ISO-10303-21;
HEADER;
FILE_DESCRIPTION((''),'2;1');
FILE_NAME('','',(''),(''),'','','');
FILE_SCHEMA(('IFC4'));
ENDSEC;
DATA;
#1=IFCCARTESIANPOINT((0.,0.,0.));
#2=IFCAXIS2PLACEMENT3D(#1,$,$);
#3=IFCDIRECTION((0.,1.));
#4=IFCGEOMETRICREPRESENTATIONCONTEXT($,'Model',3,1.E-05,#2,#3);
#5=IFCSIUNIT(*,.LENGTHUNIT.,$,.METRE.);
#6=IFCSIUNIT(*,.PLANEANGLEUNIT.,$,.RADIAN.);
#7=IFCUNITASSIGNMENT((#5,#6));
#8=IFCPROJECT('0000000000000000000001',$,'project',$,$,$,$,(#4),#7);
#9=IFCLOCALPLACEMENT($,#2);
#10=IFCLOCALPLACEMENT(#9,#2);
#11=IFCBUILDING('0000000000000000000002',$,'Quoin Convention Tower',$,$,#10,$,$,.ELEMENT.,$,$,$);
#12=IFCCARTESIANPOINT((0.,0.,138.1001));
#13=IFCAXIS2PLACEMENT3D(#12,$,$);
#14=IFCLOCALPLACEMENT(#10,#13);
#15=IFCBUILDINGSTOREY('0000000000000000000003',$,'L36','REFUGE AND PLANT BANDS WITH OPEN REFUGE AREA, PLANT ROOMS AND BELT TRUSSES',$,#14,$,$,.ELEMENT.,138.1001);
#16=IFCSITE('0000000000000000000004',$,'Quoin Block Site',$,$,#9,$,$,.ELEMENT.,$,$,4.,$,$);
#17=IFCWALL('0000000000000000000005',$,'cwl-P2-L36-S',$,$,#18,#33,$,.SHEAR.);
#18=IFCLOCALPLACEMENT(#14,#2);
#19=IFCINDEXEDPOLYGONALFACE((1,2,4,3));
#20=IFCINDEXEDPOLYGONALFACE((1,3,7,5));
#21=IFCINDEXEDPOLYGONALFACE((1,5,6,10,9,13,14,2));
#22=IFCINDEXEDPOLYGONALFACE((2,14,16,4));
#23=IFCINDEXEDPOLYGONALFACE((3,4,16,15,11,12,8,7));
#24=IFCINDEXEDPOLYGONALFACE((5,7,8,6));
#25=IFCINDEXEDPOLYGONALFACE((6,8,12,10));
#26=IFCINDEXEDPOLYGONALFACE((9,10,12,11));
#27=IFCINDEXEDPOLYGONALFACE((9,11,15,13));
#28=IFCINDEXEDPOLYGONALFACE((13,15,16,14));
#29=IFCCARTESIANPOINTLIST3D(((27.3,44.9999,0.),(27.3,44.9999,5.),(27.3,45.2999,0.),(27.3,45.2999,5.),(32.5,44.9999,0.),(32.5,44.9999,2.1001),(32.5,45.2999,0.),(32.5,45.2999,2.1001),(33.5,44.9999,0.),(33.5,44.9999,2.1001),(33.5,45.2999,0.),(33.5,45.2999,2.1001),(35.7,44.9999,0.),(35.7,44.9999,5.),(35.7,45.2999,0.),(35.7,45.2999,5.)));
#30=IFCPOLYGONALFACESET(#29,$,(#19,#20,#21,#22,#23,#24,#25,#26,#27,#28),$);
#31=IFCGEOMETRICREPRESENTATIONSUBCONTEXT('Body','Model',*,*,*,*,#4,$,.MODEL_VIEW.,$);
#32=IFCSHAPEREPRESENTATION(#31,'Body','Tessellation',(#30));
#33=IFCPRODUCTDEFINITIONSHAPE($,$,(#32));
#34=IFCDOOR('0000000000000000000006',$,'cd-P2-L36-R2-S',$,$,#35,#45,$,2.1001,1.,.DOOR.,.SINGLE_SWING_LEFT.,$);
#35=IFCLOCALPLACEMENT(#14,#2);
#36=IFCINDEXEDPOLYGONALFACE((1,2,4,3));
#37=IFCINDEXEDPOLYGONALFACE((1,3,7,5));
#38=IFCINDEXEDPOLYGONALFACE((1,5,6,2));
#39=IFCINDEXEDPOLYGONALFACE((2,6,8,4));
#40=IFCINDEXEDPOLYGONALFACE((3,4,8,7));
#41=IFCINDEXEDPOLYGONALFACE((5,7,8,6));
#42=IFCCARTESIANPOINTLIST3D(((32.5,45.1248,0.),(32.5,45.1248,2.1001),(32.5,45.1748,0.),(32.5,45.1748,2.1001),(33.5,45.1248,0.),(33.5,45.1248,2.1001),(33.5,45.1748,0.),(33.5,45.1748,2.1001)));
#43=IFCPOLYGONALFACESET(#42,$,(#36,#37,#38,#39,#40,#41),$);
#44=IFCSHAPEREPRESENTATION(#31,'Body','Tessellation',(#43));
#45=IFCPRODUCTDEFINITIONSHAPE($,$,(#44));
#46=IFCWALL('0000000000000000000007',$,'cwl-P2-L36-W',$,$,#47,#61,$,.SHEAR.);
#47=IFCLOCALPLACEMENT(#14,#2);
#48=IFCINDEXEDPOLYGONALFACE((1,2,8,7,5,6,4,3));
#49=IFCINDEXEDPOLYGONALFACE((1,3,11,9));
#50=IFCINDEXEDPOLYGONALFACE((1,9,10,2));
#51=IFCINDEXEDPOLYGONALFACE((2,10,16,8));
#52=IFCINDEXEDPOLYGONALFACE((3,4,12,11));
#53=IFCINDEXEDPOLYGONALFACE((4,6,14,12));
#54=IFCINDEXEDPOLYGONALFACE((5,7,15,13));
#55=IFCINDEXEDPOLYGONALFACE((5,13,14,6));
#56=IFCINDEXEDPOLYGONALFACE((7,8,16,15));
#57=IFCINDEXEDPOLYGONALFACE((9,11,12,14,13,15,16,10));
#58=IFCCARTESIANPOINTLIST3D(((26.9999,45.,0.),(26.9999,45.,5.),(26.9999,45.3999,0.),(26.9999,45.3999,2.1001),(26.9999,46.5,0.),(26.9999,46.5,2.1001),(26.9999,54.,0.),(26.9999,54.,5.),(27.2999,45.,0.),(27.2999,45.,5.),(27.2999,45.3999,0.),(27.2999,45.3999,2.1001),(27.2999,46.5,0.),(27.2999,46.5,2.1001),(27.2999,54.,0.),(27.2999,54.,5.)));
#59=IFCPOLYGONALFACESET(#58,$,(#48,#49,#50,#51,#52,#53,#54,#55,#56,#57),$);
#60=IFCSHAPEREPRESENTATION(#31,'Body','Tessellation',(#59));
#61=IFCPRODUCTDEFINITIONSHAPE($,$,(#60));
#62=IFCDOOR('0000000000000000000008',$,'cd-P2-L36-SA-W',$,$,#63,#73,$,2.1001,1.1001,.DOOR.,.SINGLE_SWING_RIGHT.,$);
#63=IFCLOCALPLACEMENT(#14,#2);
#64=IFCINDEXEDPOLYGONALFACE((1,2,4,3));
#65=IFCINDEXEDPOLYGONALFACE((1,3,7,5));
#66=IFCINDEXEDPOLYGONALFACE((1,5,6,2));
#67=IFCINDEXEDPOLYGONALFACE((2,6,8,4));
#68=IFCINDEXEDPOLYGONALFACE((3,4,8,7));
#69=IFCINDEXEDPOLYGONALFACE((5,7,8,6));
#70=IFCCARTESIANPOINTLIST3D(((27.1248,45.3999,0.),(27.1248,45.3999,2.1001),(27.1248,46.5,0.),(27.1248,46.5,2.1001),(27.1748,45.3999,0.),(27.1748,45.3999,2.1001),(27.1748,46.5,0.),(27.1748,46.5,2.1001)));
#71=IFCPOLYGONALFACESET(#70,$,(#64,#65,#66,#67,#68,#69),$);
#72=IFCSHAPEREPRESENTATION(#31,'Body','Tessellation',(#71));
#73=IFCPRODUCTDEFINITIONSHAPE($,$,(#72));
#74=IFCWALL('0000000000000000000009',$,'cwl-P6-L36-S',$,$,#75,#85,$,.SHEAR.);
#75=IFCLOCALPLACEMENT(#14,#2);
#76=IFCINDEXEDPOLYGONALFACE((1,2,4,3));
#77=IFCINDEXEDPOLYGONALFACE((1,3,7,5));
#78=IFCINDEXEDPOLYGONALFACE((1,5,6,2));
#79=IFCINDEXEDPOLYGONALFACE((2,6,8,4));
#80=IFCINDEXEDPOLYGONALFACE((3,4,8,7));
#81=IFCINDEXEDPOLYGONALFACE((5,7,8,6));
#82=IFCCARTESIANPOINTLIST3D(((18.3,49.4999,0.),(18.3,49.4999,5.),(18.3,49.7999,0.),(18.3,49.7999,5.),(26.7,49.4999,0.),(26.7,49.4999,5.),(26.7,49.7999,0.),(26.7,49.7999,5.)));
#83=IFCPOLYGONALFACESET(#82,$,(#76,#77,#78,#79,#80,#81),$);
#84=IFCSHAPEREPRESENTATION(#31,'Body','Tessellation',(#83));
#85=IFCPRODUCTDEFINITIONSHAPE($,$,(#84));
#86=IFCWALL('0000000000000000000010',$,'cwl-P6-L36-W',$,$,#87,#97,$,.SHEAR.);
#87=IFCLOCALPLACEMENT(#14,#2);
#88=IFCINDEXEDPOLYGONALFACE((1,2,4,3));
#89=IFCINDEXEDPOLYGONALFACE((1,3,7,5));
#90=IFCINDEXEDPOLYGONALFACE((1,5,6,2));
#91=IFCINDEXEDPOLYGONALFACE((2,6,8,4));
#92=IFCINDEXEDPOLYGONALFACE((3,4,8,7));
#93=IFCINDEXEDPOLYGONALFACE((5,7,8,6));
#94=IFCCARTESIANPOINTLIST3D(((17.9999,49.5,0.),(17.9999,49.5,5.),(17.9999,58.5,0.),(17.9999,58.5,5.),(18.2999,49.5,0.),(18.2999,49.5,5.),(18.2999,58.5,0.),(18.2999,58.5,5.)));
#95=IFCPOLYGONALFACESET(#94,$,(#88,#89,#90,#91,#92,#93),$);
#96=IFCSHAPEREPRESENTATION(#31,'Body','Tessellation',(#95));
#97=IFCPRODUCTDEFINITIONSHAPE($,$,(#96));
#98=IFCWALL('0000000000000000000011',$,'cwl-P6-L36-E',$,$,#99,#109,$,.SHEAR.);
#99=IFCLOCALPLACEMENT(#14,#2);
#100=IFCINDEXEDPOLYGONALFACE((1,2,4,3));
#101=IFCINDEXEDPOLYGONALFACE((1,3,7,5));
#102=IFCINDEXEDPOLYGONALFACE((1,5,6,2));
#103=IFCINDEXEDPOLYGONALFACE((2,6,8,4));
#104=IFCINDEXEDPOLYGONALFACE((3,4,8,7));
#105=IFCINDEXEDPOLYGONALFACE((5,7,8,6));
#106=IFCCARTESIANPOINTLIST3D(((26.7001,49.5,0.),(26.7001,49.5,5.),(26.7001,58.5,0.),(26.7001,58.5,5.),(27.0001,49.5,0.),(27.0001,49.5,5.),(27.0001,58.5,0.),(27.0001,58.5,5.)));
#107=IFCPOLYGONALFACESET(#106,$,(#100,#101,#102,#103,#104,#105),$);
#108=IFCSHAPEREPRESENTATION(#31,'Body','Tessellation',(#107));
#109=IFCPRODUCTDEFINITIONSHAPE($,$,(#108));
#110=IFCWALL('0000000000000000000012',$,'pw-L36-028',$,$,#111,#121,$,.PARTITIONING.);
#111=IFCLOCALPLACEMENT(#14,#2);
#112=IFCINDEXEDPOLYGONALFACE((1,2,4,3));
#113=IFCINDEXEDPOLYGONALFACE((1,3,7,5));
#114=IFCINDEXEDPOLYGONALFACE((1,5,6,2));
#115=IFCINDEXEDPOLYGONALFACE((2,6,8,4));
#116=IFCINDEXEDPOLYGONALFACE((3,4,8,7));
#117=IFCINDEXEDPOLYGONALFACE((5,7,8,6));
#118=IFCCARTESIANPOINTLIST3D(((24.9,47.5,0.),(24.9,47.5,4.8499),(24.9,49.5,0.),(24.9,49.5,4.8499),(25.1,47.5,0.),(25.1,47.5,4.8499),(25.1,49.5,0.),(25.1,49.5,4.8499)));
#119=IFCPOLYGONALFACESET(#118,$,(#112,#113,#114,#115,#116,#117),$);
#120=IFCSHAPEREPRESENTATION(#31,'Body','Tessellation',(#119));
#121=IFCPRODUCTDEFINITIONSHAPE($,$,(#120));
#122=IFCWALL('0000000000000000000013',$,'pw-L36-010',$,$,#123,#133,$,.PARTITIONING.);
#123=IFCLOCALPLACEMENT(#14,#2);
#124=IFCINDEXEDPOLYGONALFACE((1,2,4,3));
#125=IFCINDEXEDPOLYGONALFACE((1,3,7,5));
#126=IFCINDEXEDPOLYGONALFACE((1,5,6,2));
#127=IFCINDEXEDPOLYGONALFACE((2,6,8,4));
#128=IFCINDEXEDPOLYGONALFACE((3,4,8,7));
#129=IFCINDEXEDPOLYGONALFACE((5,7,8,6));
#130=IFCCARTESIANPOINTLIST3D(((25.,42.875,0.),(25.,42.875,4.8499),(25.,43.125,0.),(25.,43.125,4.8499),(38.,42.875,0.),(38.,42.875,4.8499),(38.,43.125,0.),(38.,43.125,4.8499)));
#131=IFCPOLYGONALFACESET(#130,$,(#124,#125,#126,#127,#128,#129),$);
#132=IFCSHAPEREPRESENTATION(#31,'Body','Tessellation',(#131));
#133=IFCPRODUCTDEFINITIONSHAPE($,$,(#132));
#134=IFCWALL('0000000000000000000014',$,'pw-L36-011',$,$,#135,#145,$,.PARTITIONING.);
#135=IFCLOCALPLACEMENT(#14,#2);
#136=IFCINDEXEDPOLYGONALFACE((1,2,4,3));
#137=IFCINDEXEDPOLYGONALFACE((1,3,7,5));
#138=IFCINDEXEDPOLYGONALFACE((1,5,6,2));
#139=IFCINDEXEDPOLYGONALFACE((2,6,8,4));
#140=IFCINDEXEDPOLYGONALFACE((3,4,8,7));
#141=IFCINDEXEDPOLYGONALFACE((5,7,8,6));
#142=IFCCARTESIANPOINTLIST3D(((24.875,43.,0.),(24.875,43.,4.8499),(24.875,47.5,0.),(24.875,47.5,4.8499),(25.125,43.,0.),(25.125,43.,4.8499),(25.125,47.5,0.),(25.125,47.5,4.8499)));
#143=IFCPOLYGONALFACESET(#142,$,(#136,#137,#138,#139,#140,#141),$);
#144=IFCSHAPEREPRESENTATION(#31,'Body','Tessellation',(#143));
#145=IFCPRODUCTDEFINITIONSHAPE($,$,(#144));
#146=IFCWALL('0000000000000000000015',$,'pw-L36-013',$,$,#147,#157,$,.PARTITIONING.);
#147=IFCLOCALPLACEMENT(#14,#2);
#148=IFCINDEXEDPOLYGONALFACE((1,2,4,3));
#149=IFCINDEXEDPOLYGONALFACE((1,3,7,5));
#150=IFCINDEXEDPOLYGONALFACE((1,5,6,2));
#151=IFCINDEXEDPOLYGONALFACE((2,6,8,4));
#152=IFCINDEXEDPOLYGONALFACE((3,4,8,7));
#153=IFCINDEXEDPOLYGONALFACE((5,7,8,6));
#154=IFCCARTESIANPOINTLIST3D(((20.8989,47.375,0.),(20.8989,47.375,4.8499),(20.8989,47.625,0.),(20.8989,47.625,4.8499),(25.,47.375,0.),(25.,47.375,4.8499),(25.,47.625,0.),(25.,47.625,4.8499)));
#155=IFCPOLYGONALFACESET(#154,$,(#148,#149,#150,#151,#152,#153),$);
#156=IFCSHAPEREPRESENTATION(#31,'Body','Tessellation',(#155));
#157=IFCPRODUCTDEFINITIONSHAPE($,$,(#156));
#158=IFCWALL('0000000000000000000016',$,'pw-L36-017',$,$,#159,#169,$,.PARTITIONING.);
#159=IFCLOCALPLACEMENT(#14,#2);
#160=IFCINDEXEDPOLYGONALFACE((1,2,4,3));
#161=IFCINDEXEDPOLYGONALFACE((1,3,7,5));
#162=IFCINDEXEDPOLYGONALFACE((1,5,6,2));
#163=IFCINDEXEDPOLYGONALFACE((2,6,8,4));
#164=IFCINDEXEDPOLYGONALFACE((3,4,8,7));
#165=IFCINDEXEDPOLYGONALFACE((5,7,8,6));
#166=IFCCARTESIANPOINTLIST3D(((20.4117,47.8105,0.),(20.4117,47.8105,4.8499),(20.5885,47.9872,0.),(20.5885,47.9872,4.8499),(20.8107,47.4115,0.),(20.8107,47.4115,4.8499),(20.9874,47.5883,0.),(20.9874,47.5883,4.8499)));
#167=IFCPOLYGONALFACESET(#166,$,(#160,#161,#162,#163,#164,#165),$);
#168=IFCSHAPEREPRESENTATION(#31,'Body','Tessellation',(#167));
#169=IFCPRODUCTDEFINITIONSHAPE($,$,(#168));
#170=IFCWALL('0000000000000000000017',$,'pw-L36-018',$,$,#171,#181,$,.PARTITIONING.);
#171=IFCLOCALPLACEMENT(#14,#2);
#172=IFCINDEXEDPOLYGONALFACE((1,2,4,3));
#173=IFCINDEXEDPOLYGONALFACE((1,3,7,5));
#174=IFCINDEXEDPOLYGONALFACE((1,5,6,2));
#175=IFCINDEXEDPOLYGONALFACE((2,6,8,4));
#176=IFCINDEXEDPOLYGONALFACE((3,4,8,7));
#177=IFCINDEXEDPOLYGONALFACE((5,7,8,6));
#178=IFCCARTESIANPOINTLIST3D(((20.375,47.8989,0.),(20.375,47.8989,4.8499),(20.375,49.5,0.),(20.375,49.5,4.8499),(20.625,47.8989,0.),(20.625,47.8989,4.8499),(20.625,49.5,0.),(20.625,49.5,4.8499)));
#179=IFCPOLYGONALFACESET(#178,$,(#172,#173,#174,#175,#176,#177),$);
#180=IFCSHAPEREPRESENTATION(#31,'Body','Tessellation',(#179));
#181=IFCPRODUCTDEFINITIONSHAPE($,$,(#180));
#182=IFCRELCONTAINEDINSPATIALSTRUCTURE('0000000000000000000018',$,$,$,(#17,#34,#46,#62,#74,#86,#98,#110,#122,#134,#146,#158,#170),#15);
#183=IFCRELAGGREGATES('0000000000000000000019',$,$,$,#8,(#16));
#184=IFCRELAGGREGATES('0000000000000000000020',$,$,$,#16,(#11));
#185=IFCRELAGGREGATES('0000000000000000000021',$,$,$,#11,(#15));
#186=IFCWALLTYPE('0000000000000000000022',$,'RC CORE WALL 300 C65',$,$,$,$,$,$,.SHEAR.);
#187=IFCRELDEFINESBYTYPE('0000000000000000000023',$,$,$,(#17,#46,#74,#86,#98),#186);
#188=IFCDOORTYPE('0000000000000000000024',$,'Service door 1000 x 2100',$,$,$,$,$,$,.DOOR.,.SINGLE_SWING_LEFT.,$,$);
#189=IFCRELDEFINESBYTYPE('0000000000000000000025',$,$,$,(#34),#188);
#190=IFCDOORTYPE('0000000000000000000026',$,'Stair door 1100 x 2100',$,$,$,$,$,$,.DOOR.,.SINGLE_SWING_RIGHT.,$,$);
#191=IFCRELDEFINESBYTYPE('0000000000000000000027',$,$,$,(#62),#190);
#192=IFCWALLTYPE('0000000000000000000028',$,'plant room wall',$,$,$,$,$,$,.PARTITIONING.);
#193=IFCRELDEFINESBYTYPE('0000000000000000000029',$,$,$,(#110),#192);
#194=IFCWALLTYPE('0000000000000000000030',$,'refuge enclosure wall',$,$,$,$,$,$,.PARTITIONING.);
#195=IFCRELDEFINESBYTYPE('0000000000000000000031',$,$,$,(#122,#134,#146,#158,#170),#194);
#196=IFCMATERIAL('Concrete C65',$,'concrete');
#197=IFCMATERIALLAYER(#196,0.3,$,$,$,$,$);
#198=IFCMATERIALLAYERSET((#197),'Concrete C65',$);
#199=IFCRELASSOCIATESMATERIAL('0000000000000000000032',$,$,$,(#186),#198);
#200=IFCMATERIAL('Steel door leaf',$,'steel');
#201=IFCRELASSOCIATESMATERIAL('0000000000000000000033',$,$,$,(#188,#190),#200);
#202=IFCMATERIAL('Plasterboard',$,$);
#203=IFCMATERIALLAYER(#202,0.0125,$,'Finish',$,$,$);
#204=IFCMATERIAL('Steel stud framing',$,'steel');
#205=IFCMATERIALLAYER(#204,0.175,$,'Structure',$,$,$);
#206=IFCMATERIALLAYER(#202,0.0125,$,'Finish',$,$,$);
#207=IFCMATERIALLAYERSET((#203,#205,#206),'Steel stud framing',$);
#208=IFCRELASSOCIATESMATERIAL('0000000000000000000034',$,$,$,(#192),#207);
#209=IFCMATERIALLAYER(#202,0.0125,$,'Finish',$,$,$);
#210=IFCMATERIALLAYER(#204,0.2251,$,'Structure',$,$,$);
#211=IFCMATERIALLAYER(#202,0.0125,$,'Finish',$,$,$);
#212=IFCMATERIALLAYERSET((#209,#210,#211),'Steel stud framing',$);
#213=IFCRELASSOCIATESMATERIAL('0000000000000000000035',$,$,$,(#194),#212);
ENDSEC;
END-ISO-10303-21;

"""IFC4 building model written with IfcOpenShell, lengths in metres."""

from ifc_helpers import new_model, si_unit, direction, frame, frame_2d, origin, place, context, subcontext, project, spatial, rectangle, extrude, material, layer, layer_set, type_object, element, fill, save


model = new_model("IFC4")

# Units and contexts
model_context = context("Model", 3, precision=1e-05, world=origin(), true_north=direction((0.0, 1.0)))
body_context = subcontext(model_context, "Body", "Model", "MODEL_VIEW")
ifc_project = project(units=[si_unit("LENGTHUNIT", "METRE"), si_unit("PLANEANGLEUNIT", "RADIAN")], contexts=[model_context])

# Site, building, storey
site_placement = place(None, origin())
site = spatial("IfcSite", under=ifc_project, at=site_placement, Name="Quoin Block Site", CompositionType="ELEMENT", RefElevation=4.0)
building_placement = place(site_placement, origin())
building = spatial("IfcBuilding", under=site, at=building_placement, Name="Quoin Convention Tower", CompositionType="ELEMENT")
storey_placement = place(building_placement, frame((0.0, 0.0, 138.1001)))
storey = spatial("IfcBuildingStorey", under=building, at=storey_placement, Name="L36", Description="REFUGE AND PLANT BANDS WITH OPEN REFUGE AREA, PLANT ROOMS AND BELT TRUSSES", CompositionType="ELEMENT", Elevation=138.1001)

# Shared definitions
ifc_material_1 = material(Name="Concrete C65", Category="concrete")

# Walls, openings, doors
ifc_layer_1 = layer(ifc_material_1, 0.3)
ifc_layer_set_1 = layer_set([ifc_layer_1], Name="Concrete C65")
wall_type_1 = type_object("IfcWallType", Name="RC CORE WALL 300 C65", PredefinedType="SHEAR", material=ifc_layer_set_1)
wall_1_placement = place(storey_placement, frame((27.3, 45.1499, 0.0), z_axis=(0.0, 0.0, 1.0), x_axis=(1.0, 0.0, 0.0)))
wall_1 = element("IfcWall", 1, at=wall_1_placement, inside=storey, type_object=wall_type_1, Name="cwl-P2-L36-S", PredefinedType="SHEAR", context=body_context, shape_type="SweptSolid", body=[
    extrude(rectangle(XDim=8.3999, YDim=0.3, at=frame_2d((4.2, 0.0))), origin(), (0.0, 0.0, 1.0), 5.0),
])
opening_1_placement = place(wall_1_placement, frame((5.2, 0.0, 0.0)))
opening_1 = element("IfcOpeningElement", 2, at=opening_1_placement, cuts=wall_1, PredefinedType="OPENING", context=body_context, shape_type="SweptSolid", body=[
    extrude(rectangle(XDim=1.0, YDim=2.1001, at=frame_2d((0.5, 1.05))), frame((0.0, 0.1599, 0.0), z_axis=(0.0, -1.0, 0.0), x_axis=(1.0, 0.0, 0.0)), (0.0, 0.0, 1.0), 0.3201),
])
ifc_material_2 = material(Name="Steel door leaf", Category="steel")
door_type_1 = type_object("IfcDoorType", Name="Service door 1000 x 2100", OperationType="SINGLE_SWING_LEFT", PredefinedType="DOOR", material=ifc_material_2)
door_1_placement = place(opening_1_placement, origin())
door_1 = element("IfcDoor", 3, at=door_1_placement, inside=storey, type_object=door_type_1, Name="cd-P2-L36-R2-S", OperationType="SINGLE_SWING_LEFT", OverallHeight=2.1001, OverallWidth=1.0, PredefinedType="DOOR", context=body_context, shape_type="SweptSolid", body=[
    extrude(rectangle(XDim=1.0, YDim=2.1001, at=frame_2d((0.5, 1.05))), frame((0.0, 0.0249, 0.0), z_axis=(0.0, -1.0, 0.0), x_axis=(1.0, 0.0, 0.0)), (0.0, 0.0, 1.0), 0.05),
])
fill(opening_1, door_1)
wall_2_placement = place(storey_placement, frame((27.1499, 45.0, 0.0), z_axis=(0.0, 0.0, 1.0), x_axis=(0.0, 1.0, 0.0)))
wall_2 = element("IfcWall", 4, at=wall_2_placement, inside=storey, type_object=wall_type_1, Name="cwl-P2-L36-W", PredefinedType="SHEAR", context=body_context, shape_type="SweptSolid", body=[
    extrude(rectangle(XDim=9.0, YDim=0.3, at=frame_2d((4.5, 0.0))), origin(), (0.0, 0.0, 1.0), 5.0),
])
opening_2_placement = place(wall_2_placement, frame((0.3999, 0.0, 0.0)))
opening_2 = element("IfcOpeningElement", 5, at=opening_2_placement, cuts=wall_2, PredefinedType="OPENING", context=body_context, shape_type="SweptSolid", body=[
    extrude(rectangle(XDim=1.1001, YDim=2.1001, at=frame_2d((0.55, 1.05))), frame((0.0, 0.1599, 0.0), z_axis=(0.0, -1.0, 0.0), x_axis=(1.0, 0.0, 0.0)), (0.0, 0.0, 1.0), 0.3201),
])
door_type_2 = type_object("IfcDoorType", Name="Stair door 1100 x 2100", OperationType="SINGLE_SWING_RIGHT", PredefinedType="DOOR", material=ifc_material_2)
door_2_placement = place(opening_2_placement, frame((1.1001, 0.0, 0.0), z_axis=(0.0, 0.0, 1.0), x_axis=(-1.0, 0.0, 0.0)))
door_2 = element("IfcDoor", 6, at=door_2_placement, inside=storey, type_object=door_type_2, Name="cd-P2-L36-SA-W", OperationType="SINGLE_SWING_RIGHT", OverallHeight=2.1001, OverallWidth=1.1001, PredefinedType="DOOR", context=body_context, shape_type="SweptSolid", body=[
    extrude(rectangle(XDim=1.1001, YDim=2.1001, at=frame_2d((0.55, 1.05))), frame((0.0, 0.0249, 0.0), z_axis=(0.0, -1.0, 0.0), x_axis=(1.0, 0.0, 0.0)), (0.0, 0.0, 1.0), 0.05),
])
fill(opening_2, door_2)

# Walls
wall_3_placement = place(storey_placement, frame((18.3, 49.6499, 0.0), z_axis=(0.0, 0.0, 1.0), x_axis=(1.0, 0.0, 0.0)))
element("IfcWall", 7, at=wall_3_placement, inside=storey, type_object=wall_type_1, Name="cwl-P6-L36-S", PredefinedType="SHEAR", context=body_context, shape_type="SweptSolid", body=[
    extrude(rectangle(XDim=8.3999, YDim=0.3, at=frame_2d((4.2, 0.0))), origin(), (0.0, 0.0, 1.0), 5.0),
])
for number, where, z_axis, x_axis, name in (
    (8, (18.1499, 49.5, 0.0), (0.0, 0.0, 1.0), (0.0, 1.0, 0.0), "cwl-P6-L36-W"),
    (9, (26.8501, 49.5, 0.0), (0.0, 0.0, 1.0), (0.0, 1.0, 0.0), "cwl-P6-L36-E"),
):
    element("IfcWall", number, at=place(storey_placement, frame(where, z_axis=z_axis, x_axis=x_axis)), inside=storey, type_object=wall_type_1, Name=name, PredefinedType="SHEAR", context=body_context, shape_type="SweptSolid", body=[
        extrude(rectangle(XDim=9.0, YDim=0.3, at=frame_2d((4.5, 0.0))), origin(), (0.0, 0.0, 1.0), 5.0),
    ])
ifc_material_3 = material(Name="Plasterboard")
ifc_layer_2 = layer(ifc_material_3, 0.0125, Name="Finish")
ifc_material_4 = material(Name="Steel stud framing", Category="steel")
ifc_layer_3 = layer(ifc_material_4, 0.175, Name="Structure")
ifc_layer_4 = layer(ifc_material_3, 0.0125, Name="Finish")
ifc_layer_set_2 = layer_set([ifc_layer_2, ifc_layer_3, ifc_layer_4], Name="Steel stud framing")
wall_type_2 = type_object("IfcWallType", Name="plant room wall", PredefinedType="PARTITIONING", material=ifc_layer_set_2)
wall_4_placement = place(storey_placement, frame((25.0, 47.5, 0.0), z_axis=(0.0, 0.0, 1.0), x_axis=(0.0, 1.0, 0.0)))
element("IfcWall", 10, at=wall_4_placement, inside=storey, type_object=wall_type_2, Name="pw-L36-028", PredefinedType="PARTITIONING", context=body_context, shape_type="SweptSolid", body=[
    extrude(rectangle(XDim=2.0, YDim=0.2, at=frame_2d((1.0, 0.0))), origin(), (0.0, 0.0, 1.0), 4.8499),
])
ifc_layer_5 = layer(ifc_material_3, 0.0125, Name="Finish")
ifc_layer_6 = layer(ifc_material_4, 0.2251, Name="Structure")
ifc_layer_7 = layer(ifc_material_3, 0.0125, Name="Finish")
ifc_layer_set_3 = layer_set([ifc_layer_5, ifc_layer_6, ifc_layer_7], Name="Steel stud framing")
wall_type_3 = type_object("IfcWallType", Name="refuge enclosure wall", PredefinedType="PARTITIONING", material=ifc_layer_set_3)
wall_5_placement = place(storey_placement, frame((25.0, 43.0, 0.0), z_axis=(0.0, 0.0, 1.0), x_axis=(1.0, 0.0, 0.0)))
element("IfcWall", 11, at=wall_5_placement, inside=storey, type_object=wall_type_3, Name="pw-L36-010", PredefinedType="PARTITIONING", context=body_context, shape_type="SweptSolid", body=[
    extrude(rectangle(XDim=13.0, YDim=0.25, at=frame_2d((6.5, 0.0))), origin(), (0.0, 0.0, 1.0), 4.8499),
])
wall_6_placement = place(storey_placement, frame((25.0, 43.0, 0.0), z_axis=(0.0, 0.0, 1.0), x_axis=(0.0, 1.0, 0.0)))
element("IfcWall", 12, at=wall_6_placement, inside=storey, type_object=wall_type_3, Name="pw-L36-011", PredefinedType="PARTITIONING", context=body_context, shape_type="SweptSolid", body=[
    extrude(rectangle(XDim=4.5, YDim=0.25, at=frame_2d((2.25, 0.0))), origin(), (0.0, 0.0, 1.0), 4.8499),
])
wall_7_placement = place(storey_placement, frame((20.8989, 47.5, 0.0), z_axis=(0.0, 0.0, 1.0), x_axis=(1.0, 0.0, 0.0)))
element("IfcWall", 13, at=wall_7_placement, inside=storey, type_object=wall_type_3, Name="pw-L36-013", PredefinedType="PARTITIONING", context=body_context, shape_type="SweptSolid", body=[
    extrude(rectangle(XDim=4.1011, YDim=0.25, at=frame_2d((2.0505, 0.0))), origin(), (0.0, 0.0, 1.0), 4.8499),
])
wall_8_placement = place(storey_placement, frame((20.5, 47.8989, 0.0), z_axis=(0.0, 0.0, 1.0), x_axis=(0.707107, -0.707107, 0.0)))
element("IfcWall", 14, at=wall_8_placement, inside=storey, type_object=wall_type_3, Name="pw-L36-017", PredefinedType="PARTITIONING", context=body_context, shape_type="SweptSolid", body=[
    extrude(rectangle(XDim=0.5642, YDim=0.25, at=frame_2d((0.2822, 0.0))), origin(), (0.0, 0.0, 1.0), 4.8499),
])
wall_9_placement = place(storey_placement, frame((20.5, 47.8989, 0.0), z_axis=(0.0, 0.0, 1.0), x_axis=(0.0, 1.0, 0.0)))
element("IfcWall", 15, at=wall_9_placement, inside=storey, type_object=wall_type_3, Name="pw-L36-018", PredefinedType="PARTITIONING", context=body_context, shape_type="SweptSolid", body=[
    extrude(rectangle(XDim=1.6011, YDim=0.25, at=frame_2d((0.8005, 0.0))), origin(), (0.0, 0.0, 1.0), 4.8499),
])

save(model, "model.ifc")
